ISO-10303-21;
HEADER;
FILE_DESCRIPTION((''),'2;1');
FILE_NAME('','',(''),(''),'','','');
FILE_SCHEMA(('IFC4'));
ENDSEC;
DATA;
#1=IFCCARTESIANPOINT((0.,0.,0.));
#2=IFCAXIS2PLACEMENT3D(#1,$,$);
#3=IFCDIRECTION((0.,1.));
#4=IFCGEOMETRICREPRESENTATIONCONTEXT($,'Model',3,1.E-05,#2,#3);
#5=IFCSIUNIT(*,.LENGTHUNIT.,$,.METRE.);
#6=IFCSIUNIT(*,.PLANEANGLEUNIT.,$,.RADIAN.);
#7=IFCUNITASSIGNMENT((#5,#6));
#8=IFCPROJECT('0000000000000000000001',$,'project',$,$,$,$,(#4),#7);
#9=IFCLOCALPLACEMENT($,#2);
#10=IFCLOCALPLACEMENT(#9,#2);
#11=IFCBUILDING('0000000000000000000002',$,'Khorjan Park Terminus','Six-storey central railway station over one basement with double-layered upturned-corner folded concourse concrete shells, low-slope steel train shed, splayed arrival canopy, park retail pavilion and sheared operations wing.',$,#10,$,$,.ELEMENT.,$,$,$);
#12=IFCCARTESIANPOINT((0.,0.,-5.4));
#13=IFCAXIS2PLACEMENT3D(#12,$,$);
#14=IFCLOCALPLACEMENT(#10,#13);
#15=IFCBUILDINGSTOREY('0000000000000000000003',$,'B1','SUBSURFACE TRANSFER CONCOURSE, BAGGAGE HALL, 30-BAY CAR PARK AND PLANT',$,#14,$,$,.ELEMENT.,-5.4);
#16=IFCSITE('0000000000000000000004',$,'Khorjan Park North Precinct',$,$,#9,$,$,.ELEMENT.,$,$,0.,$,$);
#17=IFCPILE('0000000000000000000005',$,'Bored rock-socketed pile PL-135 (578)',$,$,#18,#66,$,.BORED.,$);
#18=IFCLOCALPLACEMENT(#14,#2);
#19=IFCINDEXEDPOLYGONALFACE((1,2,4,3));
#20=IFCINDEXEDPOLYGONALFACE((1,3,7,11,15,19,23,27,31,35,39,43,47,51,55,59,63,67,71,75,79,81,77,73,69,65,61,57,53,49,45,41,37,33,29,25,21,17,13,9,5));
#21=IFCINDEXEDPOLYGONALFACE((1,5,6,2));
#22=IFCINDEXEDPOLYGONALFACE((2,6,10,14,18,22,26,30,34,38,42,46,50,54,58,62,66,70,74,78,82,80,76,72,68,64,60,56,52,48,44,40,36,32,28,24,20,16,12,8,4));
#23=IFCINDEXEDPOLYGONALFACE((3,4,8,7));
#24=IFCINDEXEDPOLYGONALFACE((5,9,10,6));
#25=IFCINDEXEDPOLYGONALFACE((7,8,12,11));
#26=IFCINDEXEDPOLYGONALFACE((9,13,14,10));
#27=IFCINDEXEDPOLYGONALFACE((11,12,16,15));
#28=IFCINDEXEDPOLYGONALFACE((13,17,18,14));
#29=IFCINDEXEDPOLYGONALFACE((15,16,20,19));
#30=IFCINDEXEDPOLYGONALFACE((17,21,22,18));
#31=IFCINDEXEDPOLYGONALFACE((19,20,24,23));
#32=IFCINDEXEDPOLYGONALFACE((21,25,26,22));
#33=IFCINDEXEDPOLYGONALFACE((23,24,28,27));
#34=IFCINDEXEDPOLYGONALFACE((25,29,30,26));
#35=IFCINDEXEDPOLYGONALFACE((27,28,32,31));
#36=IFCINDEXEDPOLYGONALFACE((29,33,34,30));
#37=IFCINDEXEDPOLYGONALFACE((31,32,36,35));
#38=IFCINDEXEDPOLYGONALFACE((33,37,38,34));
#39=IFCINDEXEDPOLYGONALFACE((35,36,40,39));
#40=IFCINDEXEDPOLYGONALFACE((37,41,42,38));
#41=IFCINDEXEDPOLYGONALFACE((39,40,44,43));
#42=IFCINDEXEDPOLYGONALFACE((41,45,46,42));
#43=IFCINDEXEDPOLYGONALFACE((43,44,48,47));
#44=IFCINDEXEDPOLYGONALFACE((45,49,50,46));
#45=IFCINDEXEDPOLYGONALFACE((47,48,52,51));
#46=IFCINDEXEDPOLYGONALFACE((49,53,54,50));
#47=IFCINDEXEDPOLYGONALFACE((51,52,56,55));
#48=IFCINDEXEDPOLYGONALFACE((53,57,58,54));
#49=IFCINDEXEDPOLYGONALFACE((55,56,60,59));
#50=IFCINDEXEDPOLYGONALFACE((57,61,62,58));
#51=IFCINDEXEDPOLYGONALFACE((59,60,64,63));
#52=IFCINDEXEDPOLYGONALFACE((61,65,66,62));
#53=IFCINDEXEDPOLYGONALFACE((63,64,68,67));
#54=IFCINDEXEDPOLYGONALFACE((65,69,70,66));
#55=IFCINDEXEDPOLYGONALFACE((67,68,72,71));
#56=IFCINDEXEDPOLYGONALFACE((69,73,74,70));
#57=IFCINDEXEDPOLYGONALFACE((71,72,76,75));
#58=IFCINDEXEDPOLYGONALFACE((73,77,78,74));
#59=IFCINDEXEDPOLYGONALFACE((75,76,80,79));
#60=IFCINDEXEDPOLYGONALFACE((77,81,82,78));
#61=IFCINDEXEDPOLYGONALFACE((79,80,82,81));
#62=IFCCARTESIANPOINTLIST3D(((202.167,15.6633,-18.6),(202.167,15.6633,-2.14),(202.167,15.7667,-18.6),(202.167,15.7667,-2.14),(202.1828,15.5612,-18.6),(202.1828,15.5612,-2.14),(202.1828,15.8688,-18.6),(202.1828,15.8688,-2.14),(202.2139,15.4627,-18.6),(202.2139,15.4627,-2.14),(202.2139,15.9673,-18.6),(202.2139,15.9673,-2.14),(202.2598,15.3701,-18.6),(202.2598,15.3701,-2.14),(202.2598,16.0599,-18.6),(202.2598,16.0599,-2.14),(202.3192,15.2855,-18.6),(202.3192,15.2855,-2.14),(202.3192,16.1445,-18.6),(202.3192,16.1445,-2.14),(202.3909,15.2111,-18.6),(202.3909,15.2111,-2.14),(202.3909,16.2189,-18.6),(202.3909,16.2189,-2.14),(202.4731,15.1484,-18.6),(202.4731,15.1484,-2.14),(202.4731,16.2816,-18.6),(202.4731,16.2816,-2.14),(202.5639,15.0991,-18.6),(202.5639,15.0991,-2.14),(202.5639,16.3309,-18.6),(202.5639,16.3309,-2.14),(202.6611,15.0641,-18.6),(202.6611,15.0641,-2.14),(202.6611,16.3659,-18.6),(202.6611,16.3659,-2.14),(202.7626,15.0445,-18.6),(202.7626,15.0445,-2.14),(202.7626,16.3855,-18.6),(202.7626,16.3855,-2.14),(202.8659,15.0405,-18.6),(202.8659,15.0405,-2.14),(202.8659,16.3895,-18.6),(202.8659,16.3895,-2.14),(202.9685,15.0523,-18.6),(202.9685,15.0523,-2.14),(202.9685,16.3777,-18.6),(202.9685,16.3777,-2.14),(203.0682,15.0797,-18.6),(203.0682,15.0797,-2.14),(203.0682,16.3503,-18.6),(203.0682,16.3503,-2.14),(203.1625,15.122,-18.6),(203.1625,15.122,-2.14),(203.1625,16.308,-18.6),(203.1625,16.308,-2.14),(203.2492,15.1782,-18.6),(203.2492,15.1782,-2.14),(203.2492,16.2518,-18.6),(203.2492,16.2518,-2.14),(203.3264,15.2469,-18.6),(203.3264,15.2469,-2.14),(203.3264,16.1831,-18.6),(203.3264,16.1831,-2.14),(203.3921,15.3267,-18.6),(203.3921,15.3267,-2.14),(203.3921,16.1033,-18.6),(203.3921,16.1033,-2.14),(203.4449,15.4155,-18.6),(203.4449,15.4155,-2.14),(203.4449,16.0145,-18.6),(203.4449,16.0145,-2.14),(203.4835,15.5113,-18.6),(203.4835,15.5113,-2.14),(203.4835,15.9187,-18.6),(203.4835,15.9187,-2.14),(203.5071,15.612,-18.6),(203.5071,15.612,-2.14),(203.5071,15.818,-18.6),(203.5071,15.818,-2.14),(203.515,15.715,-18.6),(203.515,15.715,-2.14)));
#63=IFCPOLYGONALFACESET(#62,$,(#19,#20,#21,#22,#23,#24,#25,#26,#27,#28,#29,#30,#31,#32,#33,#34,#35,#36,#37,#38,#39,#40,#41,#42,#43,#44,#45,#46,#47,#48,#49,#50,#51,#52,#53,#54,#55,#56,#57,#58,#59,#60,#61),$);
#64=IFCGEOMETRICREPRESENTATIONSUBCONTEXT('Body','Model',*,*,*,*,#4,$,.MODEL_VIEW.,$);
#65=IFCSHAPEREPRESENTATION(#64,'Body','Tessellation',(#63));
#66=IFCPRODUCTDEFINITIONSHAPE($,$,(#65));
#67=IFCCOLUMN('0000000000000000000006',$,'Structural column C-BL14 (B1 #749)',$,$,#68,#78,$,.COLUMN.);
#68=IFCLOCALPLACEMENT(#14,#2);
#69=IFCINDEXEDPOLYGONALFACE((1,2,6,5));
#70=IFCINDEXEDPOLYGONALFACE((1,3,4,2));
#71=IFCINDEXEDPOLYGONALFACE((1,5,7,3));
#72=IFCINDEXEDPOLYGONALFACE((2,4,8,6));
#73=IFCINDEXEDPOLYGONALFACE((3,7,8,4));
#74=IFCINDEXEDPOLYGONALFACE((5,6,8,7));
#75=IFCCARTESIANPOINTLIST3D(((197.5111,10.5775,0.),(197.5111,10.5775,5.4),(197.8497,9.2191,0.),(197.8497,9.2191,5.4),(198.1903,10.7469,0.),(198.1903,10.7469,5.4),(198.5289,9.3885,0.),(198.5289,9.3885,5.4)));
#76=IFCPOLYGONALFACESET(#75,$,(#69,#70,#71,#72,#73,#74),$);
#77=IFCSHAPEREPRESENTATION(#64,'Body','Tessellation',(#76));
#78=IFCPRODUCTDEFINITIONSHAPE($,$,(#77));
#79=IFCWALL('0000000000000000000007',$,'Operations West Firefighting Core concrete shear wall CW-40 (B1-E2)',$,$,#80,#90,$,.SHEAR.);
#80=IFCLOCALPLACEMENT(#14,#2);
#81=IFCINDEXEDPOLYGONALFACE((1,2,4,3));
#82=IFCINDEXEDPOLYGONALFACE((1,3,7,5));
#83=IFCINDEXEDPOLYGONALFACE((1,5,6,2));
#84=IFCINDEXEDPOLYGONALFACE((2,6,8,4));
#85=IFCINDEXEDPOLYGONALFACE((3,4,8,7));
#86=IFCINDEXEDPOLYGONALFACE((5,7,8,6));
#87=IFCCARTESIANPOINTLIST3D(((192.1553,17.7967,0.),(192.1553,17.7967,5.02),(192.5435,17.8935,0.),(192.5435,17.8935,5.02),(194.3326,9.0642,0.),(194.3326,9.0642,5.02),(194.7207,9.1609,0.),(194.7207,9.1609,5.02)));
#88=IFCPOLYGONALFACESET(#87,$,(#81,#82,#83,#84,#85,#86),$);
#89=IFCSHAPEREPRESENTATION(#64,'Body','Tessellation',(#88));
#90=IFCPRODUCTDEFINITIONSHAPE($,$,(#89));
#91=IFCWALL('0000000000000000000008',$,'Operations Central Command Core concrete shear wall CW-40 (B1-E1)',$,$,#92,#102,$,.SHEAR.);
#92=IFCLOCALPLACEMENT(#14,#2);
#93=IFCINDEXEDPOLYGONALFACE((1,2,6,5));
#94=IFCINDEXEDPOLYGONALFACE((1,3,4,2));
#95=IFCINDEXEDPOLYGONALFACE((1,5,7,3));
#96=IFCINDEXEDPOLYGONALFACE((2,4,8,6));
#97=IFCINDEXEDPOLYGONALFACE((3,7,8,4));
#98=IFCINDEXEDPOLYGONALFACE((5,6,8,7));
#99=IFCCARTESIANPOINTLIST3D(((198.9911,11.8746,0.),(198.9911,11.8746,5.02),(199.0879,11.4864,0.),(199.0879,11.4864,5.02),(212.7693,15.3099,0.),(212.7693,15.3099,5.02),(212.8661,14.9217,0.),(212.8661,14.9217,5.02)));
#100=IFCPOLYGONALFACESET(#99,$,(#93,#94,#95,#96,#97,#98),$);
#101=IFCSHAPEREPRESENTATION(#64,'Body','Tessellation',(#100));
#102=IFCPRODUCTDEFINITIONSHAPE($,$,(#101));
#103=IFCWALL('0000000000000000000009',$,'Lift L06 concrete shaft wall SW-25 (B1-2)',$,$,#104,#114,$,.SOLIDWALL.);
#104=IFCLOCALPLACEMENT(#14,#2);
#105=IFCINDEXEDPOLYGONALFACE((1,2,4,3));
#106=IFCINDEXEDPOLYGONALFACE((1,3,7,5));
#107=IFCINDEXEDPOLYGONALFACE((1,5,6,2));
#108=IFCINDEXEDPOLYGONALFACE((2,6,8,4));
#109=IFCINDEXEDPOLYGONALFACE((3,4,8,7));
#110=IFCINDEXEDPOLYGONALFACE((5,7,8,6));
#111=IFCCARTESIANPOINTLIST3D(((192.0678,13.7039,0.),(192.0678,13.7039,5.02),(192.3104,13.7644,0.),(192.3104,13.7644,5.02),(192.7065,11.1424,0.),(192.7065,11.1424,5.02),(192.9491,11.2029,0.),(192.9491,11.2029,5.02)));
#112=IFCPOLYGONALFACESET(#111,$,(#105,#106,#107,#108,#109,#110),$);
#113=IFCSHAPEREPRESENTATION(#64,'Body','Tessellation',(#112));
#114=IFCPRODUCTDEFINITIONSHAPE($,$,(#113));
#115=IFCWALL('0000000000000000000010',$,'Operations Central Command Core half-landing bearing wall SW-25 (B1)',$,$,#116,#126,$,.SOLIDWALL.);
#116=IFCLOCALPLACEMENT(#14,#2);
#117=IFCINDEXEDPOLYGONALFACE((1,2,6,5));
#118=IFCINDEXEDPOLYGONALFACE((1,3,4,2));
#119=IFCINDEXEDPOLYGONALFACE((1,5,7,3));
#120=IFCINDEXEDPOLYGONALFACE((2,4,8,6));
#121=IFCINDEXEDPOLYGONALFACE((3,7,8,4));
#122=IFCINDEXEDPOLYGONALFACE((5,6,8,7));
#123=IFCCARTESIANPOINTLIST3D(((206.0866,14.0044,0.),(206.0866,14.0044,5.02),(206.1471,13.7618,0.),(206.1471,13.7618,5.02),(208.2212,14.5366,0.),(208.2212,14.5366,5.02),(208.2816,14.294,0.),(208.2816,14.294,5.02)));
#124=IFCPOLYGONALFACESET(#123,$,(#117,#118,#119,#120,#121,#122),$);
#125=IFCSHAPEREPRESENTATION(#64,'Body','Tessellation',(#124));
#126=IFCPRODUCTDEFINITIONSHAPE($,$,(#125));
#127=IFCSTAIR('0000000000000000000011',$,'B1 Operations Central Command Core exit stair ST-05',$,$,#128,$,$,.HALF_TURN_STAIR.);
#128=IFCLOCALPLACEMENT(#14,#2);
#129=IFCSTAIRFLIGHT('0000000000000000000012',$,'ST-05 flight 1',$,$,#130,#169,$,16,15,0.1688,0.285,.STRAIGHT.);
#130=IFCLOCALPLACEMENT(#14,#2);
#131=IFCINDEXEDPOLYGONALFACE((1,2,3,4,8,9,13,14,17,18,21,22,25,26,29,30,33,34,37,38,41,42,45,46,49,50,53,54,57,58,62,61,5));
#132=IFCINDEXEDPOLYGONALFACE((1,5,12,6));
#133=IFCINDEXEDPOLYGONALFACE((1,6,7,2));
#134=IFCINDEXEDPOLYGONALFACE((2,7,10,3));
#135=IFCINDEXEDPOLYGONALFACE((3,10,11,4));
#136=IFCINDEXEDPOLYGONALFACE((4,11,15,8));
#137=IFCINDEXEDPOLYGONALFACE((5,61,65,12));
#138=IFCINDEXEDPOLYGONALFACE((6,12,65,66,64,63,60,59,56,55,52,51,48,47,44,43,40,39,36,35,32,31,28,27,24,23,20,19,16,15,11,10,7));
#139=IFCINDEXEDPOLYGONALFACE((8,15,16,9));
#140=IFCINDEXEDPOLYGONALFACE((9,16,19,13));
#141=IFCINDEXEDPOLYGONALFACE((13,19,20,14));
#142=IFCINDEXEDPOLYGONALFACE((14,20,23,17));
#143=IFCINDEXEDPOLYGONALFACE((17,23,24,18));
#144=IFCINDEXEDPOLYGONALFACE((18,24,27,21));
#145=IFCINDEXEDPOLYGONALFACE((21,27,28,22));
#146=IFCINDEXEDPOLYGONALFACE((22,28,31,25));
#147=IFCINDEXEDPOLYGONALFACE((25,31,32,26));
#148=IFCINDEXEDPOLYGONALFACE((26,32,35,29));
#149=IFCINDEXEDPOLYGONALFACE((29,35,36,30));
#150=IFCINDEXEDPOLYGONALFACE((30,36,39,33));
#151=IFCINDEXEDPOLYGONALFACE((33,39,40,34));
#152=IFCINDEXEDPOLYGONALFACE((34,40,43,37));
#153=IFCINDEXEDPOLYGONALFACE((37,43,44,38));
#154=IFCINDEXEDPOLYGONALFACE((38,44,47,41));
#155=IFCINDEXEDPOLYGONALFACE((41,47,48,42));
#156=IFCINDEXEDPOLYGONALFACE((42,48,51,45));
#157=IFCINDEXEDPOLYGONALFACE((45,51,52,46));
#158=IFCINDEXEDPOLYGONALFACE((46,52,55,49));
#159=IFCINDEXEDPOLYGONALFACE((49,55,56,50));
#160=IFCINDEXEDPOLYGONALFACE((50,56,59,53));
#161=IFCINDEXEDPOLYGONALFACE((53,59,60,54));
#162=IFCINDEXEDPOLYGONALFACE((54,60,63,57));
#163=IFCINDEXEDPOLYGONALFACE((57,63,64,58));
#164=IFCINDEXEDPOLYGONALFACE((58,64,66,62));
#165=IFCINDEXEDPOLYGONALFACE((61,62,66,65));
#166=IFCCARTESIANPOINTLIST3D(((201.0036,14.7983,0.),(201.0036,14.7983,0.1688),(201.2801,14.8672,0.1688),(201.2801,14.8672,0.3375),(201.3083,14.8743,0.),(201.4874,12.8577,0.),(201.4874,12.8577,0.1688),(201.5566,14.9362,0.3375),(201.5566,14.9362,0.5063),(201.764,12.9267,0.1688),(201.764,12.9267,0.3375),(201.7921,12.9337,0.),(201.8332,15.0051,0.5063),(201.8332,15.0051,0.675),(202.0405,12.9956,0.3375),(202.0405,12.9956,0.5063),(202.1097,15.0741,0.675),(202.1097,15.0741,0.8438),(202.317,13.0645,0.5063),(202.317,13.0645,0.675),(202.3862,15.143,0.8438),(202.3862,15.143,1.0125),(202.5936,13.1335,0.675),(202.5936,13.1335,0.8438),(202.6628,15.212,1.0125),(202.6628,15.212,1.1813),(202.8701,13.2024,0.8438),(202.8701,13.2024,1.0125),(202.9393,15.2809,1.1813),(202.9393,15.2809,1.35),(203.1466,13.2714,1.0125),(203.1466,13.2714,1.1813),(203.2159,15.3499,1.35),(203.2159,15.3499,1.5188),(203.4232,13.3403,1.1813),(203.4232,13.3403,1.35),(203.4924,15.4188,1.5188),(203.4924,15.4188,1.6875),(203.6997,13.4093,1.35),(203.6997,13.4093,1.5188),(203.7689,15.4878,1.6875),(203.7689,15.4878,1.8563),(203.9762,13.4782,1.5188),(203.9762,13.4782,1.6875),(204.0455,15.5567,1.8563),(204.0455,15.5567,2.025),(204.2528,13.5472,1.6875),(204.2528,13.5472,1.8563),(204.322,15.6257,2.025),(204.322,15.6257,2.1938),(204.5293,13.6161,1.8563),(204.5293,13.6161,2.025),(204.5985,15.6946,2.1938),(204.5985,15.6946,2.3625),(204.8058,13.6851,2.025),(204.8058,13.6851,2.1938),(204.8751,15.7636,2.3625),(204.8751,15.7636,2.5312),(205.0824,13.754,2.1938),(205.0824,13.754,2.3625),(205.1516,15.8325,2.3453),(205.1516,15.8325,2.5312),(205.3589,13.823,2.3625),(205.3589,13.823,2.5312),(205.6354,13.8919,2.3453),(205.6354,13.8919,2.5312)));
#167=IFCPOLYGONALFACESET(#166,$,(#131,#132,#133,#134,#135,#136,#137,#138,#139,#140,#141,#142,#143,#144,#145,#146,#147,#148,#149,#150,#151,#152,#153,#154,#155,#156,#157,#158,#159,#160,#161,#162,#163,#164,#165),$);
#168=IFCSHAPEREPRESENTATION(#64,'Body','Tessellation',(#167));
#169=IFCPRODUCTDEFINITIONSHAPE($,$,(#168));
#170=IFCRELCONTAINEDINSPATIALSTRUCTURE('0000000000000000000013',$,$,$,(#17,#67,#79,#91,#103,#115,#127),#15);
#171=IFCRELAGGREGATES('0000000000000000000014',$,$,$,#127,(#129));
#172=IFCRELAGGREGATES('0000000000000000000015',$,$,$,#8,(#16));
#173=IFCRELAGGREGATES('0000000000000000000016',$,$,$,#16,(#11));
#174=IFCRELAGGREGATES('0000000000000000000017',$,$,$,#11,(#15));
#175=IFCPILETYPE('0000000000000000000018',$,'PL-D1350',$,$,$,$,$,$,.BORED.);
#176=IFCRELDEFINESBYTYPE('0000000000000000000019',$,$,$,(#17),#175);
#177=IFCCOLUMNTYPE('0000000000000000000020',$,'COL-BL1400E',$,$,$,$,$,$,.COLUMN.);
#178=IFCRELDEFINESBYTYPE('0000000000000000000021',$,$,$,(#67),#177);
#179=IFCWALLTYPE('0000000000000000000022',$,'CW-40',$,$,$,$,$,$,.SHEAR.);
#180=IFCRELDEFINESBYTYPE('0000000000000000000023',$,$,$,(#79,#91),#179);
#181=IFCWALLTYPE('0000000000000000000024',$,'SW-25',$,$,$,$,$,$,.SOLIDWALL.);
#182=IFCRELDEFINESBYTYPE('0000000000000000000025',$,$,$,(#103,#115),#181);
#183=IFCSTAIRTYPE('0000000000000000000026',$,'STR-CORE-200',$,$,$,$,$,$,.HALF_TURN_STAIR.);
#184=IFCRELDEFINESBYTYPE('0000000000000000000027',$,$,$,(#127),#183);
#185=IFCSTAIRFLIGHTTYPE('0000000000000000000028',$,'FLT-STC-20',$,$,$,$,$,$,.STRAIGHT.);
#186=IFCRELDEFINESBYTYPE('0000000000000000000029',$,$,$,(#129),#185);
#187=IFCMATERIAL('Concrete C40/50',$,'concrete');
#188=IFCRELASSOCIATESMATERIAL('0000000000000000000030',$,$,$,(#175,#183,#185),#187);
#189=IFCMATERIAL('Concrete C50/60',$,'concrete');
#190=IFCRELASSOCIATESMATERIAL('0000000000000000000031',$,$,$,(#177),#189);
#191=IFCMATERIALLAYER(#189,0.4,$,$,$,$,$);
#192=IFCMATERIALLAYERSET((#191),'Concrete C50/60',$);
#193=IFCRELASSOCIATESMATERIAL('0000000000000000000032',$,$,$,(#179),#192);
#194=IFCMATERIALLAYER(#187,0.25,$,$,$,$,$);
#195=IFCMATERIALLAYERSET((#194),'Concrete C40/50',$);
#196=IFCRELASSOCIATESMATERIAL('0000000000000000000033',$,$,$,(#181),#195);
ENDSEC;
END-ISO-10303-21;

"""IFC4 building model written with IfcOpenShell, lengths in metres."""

from ifc_helpers import new_model, si_unit, direction, frame, frame_2d, origin, origin_2d, place, context, subcontext, project, spatial, polyline, rectangle, circle, outline, extrude, material, layer, layer_set, material_profile, profile_set, type_object, element, aggregate, save


model = new_model("IFC4")

# Units and contexts
model_context = context("Model", 3, precision=1e-05, world=origin(), true_north=direction((0.0, 1.0)))
body_context = subcontext(model_context, "Body", "Model", "MODEL_VIEW")
ifc_project = project(units=[si_unit("LENGTHUNIT", "METRE"), si_unit("PLANEANGLEUNIT", "RADIAN")], contexts=[model_context])

# Site, building, storey
site_placement = place(None, origin())
site = spatial("IfcSite", under=ifc_project, at=site_placement, Name="Khorjan Park North Precinct", CompositionType="ELEMENT", RefElevation=0.0)
building_placement = place(site_placement, origin())
building = spatial("IfcBuilding", under=site, at=building_placement, Name="Khorjan Park Terminus", Description="Six-storey central railway station over one basement with double-layered upturned-corner folded concourse concrete shells, low-slope steel train shed, splayed arrival canopy, park retail pavilion and sheared operations wing.", CompositionType="ELEMENT")
storey_placement = place(building_placement, frame((0.0, 0.0, -5.4)))
storey = spatial("IfcBuildingStorey", under=building, at=storey_placement, Name="B1", Description="SUBSURFACE TRANSFER CONCOURSE, BAGGAGE HALL, 30-BAY CAR PARK AND PLANT", CompositionType="ELEMENT", Elevation=-5.4)

# Pile
ifc_material_1 = material(Name="Concrete C40/50", Category="concrete")
ifc_material_profile_1 = material_profile(ifc_material_1, circle(Radius=0.675, at=origin_2d()), Name="BORED D1350")
ifc_profile_set_1 = profile_set([ifc_material_profile_1], Name="Concrete C40/50")
pile_type = type_object("IfcPileType", Name="PL-D1350", PredefinedType="BORED", material=ifc_profile_set_1)
pile_placement = place(storey_placement, frame((202.84, 15.715, -2.14), z_axis=(0.0, 0.0, -1.0), x_axis=(1.0, 0.0, 0.0)))
element("IfcPile", 1, at=pile_placement, inside=storey, type_object=pile_type, Name="Bored rock-socketed pile PL-135 (578)", PredefinedType="BORED", context=body_context, shape_type="SweptSolid", body=[
    extrude(circle(Radius=0.675, at=origin_2d()), origin(), (0.0, 0.0, 1.0), 16.46),
])

# Column
ifc_material_2 = material(Name="Concrete C50/60", Category="concrete")
ifc_material_profile_2 = material_profile(ifc_material_2, rectangle(XDim=0.7, YDim=1.4, at=origin_2d()), Name="RC 700x1400")
ifc_profile_set_2 = profile_set([ifc_material_profile_2], Name="Concrete C50/60")
column_type = type_object("IfcColumnType", Name="COL-BL1400E", PredefinedType="COLUMN", material=ifc_profile_set_2)
column_placement = place(storey_placement, frame((198.02, 9.983, 0.0), z_axis=(0.0, 0.0, 1.0), x_axis=(0.970296, 0.241922, 0.0)))
element("IfcColumn", 2, at=column_placement, inside=storey, type_object=column_type, Name="Structural column C-BL14 (B1 #749)", PredefinedType="COLUMN", context=body_context, shape_type="SweptSolid", body=[
    extrude(rectangle(XDim=0.7, YDim=1.4, at=origin_2d()), origin(), (0.0, 0.0, 1.0), 5.4),
])

# Walls
ifc_layer_1 = layer(ifc_material_2, 0.4)
ifc_layer_set_1 = layer_set([ifc_layer_1], Name="Concrete C50/60")
wall_type_1 = type_object("IfcWallType", Name="CW-40", PredefinedType="SHEAR", material=ifc_layer_set_1)
wall_1_placement = place(storey_placement, frame((194.5267, 9.1125, 0.0), z_axis=(0.0, 0.0, 1.0), x_axis=(-0.241924, 0.970295, 0.0)))
element("IfcWall", 3, at=wall_1_placement, inside=storey, type_object=wall_type_1, Name="Operations West Firefighting Core concrete shear wall CW-40 (B1-E2)", PredefinedType="SHEAR", context=body_context, shape_type="SweptSolid", body=[
    extrude(rectangle(XDim=8.9999, YDim=0.4, at=frame_2d((4.5, 0.0))), origin(), (0.0, 0.0, 1.0), 5.02),
])
wall_2_placement = place(storey_placement, frame((199.0395, 11.6805, 0.0), z_axis=(0.0, 0.0, 1.0), x_axis=(0.970296, 0.241922, 0.0)))
element("IfcWall", 4, at=wall_2_placement, inside=storey, type_object=wall_type_1, Name="Operations Central Command Core concrete shear wall CW-40 (B1-E1)", PredefinedType="SHEAR", context=body_context, shape_type="SweptSolid", body=[
    extrude(rectangle(XDim=14.2, YDim=0.4, at=frame_2d((7.1, 0.0))), origin(), (0.0, 0.0, 1.0), 5.02),
])
ifc_layer_2 = layer(ifc_material_1, 0.25)
ifc_layer_set_2 = layer_set([ifc_layer_2], Name="Concrete C40/50")
wall_type_2 = type_object("IfcWallType", Name="SW-25", PredefinedType="SOLIDWALL", material=ifc_layer_set_2)
wall_3_placement = place(storey_placement, frame((192.8278, 11.1727, 0.0), z_axis=(0.0, 0.0, 1.0), x_axis=(-0.241938, 0.970292, 0.0)))
element("IfcWall", 5, at=wall_3_placement, inside=storey, type_object=wall_type_2, Name="Lift L06 concrete shaft wall SW-25 (B1-2)", PredefinedType="SOLIDWALL", context=body_context, shape_type="SweptSolid", body=[
    extrude(rectangle(XDim=2.6399, YDim=0.25, at=frame_2d((1.3199, 0.0))), origin(), (0.0, 0.0, 1.0), 5.02),
])
wall_4_placement = place(storey_placement, frame((206.1169, 13.8831, 0.0), z_axis=(0.0, 0.0, 1.0), x_axis=(0.970297, 0.241915, 0.0)))
element("IfcWall", 6, at=wall_4_placement, inside=storey, type_object=wall_type_2, Name="Operations Central Command Core half-landing bearing wall SW-25 (B1)", PredefinedType="SOLIDWALL", context=body_context, shape_type="SweptSolid", body=[
    extrude(rectangle(XDim=2.1999, YDim=0.25, at=frame_2d((1.0999, 0.0))), origin(), (0.0, 0.0, 1.0), 5.02),
])

# Stair, stair flight
stair_type = type_object("IfcStairType", Name="STR-CORE-200", PredefinedType="HALF_TURN_STAIR", material=ifc_material_1)
stair_placement = place(storey_placement, origin())
stair = element("IfcStair", 7, at=stair_placement, inside=storey, type_object=stair_type, Name="B1 Operations Central Command Core exit stair ST-05", PredefinedType="HALF_TURN_STAIR")
stair_flight_type = type_object("IfcStairFlightType", Name="FLT-STC-20", PredefinedType="STRAIGHT", material=ifc_material_1)
stair_flight_placement = place(storey_placement, frame((201.2455, 13.828, 0.0), z_axis=(0.0, 0.0, 1.0), x_axis=(0.970296, 0.241922, 0.0)))
stair_flight = element("IfcStairFlight", 8, at=stair_flight_placement, type_object=stair_flight_type, Name="ST-05 flight 1", NumberOfRisers=16, NumberOfTreads=15, PredefinedType="STRAIGHT", RiserHeight=0.1688, TreadLength=0.285, context=body_context, shape_type="SweptSolid", body=[
    extrude(outline(polyline([(0.0, 0.0), (0.0, 0.1688), (0.285, 0.1688), (0.285, 0.3375), (0.57, 0.3375), (0.57, 0.5063), (0.855, 0.5063), (0.855, 0.675), (1.14, 0.675), (1.14, 0.8438), (1.425, 0.8438), (1.425, 1.0125), (1.71, 1.0125), (1.71, 1.1813), (1.995, 1.1813), (1.995, 1.35), (2.28, 1.35), (2.28, 1.5188), (2.565, 1.5188), (2.565, 1.6875), (2.85, 1.6875), (2.85, 1.8563), (3.135, 1.8563), (3.135, 2.025), (3.42, 2.025), (3.42, 2.1938), (3.705, 2.1938), (3.705, 2.3625), (3.99, 2.3625), (3.99, 2.5312), (4.275, 2.5312), (4.275, 2.7), (4.275, 2.3453), (0.314, 0.0), (0.0, 0.0)])), frame((0.0, 1.0, 0.0), z_axis=(0.0, -1.0, 0.0), x_axis=(1.0, 0.0, 0.0)), (0.0, 0.0, 1.0), 2.0),
])
aggregate(stair, [stair_flight])

save(model, "model.ifc")
